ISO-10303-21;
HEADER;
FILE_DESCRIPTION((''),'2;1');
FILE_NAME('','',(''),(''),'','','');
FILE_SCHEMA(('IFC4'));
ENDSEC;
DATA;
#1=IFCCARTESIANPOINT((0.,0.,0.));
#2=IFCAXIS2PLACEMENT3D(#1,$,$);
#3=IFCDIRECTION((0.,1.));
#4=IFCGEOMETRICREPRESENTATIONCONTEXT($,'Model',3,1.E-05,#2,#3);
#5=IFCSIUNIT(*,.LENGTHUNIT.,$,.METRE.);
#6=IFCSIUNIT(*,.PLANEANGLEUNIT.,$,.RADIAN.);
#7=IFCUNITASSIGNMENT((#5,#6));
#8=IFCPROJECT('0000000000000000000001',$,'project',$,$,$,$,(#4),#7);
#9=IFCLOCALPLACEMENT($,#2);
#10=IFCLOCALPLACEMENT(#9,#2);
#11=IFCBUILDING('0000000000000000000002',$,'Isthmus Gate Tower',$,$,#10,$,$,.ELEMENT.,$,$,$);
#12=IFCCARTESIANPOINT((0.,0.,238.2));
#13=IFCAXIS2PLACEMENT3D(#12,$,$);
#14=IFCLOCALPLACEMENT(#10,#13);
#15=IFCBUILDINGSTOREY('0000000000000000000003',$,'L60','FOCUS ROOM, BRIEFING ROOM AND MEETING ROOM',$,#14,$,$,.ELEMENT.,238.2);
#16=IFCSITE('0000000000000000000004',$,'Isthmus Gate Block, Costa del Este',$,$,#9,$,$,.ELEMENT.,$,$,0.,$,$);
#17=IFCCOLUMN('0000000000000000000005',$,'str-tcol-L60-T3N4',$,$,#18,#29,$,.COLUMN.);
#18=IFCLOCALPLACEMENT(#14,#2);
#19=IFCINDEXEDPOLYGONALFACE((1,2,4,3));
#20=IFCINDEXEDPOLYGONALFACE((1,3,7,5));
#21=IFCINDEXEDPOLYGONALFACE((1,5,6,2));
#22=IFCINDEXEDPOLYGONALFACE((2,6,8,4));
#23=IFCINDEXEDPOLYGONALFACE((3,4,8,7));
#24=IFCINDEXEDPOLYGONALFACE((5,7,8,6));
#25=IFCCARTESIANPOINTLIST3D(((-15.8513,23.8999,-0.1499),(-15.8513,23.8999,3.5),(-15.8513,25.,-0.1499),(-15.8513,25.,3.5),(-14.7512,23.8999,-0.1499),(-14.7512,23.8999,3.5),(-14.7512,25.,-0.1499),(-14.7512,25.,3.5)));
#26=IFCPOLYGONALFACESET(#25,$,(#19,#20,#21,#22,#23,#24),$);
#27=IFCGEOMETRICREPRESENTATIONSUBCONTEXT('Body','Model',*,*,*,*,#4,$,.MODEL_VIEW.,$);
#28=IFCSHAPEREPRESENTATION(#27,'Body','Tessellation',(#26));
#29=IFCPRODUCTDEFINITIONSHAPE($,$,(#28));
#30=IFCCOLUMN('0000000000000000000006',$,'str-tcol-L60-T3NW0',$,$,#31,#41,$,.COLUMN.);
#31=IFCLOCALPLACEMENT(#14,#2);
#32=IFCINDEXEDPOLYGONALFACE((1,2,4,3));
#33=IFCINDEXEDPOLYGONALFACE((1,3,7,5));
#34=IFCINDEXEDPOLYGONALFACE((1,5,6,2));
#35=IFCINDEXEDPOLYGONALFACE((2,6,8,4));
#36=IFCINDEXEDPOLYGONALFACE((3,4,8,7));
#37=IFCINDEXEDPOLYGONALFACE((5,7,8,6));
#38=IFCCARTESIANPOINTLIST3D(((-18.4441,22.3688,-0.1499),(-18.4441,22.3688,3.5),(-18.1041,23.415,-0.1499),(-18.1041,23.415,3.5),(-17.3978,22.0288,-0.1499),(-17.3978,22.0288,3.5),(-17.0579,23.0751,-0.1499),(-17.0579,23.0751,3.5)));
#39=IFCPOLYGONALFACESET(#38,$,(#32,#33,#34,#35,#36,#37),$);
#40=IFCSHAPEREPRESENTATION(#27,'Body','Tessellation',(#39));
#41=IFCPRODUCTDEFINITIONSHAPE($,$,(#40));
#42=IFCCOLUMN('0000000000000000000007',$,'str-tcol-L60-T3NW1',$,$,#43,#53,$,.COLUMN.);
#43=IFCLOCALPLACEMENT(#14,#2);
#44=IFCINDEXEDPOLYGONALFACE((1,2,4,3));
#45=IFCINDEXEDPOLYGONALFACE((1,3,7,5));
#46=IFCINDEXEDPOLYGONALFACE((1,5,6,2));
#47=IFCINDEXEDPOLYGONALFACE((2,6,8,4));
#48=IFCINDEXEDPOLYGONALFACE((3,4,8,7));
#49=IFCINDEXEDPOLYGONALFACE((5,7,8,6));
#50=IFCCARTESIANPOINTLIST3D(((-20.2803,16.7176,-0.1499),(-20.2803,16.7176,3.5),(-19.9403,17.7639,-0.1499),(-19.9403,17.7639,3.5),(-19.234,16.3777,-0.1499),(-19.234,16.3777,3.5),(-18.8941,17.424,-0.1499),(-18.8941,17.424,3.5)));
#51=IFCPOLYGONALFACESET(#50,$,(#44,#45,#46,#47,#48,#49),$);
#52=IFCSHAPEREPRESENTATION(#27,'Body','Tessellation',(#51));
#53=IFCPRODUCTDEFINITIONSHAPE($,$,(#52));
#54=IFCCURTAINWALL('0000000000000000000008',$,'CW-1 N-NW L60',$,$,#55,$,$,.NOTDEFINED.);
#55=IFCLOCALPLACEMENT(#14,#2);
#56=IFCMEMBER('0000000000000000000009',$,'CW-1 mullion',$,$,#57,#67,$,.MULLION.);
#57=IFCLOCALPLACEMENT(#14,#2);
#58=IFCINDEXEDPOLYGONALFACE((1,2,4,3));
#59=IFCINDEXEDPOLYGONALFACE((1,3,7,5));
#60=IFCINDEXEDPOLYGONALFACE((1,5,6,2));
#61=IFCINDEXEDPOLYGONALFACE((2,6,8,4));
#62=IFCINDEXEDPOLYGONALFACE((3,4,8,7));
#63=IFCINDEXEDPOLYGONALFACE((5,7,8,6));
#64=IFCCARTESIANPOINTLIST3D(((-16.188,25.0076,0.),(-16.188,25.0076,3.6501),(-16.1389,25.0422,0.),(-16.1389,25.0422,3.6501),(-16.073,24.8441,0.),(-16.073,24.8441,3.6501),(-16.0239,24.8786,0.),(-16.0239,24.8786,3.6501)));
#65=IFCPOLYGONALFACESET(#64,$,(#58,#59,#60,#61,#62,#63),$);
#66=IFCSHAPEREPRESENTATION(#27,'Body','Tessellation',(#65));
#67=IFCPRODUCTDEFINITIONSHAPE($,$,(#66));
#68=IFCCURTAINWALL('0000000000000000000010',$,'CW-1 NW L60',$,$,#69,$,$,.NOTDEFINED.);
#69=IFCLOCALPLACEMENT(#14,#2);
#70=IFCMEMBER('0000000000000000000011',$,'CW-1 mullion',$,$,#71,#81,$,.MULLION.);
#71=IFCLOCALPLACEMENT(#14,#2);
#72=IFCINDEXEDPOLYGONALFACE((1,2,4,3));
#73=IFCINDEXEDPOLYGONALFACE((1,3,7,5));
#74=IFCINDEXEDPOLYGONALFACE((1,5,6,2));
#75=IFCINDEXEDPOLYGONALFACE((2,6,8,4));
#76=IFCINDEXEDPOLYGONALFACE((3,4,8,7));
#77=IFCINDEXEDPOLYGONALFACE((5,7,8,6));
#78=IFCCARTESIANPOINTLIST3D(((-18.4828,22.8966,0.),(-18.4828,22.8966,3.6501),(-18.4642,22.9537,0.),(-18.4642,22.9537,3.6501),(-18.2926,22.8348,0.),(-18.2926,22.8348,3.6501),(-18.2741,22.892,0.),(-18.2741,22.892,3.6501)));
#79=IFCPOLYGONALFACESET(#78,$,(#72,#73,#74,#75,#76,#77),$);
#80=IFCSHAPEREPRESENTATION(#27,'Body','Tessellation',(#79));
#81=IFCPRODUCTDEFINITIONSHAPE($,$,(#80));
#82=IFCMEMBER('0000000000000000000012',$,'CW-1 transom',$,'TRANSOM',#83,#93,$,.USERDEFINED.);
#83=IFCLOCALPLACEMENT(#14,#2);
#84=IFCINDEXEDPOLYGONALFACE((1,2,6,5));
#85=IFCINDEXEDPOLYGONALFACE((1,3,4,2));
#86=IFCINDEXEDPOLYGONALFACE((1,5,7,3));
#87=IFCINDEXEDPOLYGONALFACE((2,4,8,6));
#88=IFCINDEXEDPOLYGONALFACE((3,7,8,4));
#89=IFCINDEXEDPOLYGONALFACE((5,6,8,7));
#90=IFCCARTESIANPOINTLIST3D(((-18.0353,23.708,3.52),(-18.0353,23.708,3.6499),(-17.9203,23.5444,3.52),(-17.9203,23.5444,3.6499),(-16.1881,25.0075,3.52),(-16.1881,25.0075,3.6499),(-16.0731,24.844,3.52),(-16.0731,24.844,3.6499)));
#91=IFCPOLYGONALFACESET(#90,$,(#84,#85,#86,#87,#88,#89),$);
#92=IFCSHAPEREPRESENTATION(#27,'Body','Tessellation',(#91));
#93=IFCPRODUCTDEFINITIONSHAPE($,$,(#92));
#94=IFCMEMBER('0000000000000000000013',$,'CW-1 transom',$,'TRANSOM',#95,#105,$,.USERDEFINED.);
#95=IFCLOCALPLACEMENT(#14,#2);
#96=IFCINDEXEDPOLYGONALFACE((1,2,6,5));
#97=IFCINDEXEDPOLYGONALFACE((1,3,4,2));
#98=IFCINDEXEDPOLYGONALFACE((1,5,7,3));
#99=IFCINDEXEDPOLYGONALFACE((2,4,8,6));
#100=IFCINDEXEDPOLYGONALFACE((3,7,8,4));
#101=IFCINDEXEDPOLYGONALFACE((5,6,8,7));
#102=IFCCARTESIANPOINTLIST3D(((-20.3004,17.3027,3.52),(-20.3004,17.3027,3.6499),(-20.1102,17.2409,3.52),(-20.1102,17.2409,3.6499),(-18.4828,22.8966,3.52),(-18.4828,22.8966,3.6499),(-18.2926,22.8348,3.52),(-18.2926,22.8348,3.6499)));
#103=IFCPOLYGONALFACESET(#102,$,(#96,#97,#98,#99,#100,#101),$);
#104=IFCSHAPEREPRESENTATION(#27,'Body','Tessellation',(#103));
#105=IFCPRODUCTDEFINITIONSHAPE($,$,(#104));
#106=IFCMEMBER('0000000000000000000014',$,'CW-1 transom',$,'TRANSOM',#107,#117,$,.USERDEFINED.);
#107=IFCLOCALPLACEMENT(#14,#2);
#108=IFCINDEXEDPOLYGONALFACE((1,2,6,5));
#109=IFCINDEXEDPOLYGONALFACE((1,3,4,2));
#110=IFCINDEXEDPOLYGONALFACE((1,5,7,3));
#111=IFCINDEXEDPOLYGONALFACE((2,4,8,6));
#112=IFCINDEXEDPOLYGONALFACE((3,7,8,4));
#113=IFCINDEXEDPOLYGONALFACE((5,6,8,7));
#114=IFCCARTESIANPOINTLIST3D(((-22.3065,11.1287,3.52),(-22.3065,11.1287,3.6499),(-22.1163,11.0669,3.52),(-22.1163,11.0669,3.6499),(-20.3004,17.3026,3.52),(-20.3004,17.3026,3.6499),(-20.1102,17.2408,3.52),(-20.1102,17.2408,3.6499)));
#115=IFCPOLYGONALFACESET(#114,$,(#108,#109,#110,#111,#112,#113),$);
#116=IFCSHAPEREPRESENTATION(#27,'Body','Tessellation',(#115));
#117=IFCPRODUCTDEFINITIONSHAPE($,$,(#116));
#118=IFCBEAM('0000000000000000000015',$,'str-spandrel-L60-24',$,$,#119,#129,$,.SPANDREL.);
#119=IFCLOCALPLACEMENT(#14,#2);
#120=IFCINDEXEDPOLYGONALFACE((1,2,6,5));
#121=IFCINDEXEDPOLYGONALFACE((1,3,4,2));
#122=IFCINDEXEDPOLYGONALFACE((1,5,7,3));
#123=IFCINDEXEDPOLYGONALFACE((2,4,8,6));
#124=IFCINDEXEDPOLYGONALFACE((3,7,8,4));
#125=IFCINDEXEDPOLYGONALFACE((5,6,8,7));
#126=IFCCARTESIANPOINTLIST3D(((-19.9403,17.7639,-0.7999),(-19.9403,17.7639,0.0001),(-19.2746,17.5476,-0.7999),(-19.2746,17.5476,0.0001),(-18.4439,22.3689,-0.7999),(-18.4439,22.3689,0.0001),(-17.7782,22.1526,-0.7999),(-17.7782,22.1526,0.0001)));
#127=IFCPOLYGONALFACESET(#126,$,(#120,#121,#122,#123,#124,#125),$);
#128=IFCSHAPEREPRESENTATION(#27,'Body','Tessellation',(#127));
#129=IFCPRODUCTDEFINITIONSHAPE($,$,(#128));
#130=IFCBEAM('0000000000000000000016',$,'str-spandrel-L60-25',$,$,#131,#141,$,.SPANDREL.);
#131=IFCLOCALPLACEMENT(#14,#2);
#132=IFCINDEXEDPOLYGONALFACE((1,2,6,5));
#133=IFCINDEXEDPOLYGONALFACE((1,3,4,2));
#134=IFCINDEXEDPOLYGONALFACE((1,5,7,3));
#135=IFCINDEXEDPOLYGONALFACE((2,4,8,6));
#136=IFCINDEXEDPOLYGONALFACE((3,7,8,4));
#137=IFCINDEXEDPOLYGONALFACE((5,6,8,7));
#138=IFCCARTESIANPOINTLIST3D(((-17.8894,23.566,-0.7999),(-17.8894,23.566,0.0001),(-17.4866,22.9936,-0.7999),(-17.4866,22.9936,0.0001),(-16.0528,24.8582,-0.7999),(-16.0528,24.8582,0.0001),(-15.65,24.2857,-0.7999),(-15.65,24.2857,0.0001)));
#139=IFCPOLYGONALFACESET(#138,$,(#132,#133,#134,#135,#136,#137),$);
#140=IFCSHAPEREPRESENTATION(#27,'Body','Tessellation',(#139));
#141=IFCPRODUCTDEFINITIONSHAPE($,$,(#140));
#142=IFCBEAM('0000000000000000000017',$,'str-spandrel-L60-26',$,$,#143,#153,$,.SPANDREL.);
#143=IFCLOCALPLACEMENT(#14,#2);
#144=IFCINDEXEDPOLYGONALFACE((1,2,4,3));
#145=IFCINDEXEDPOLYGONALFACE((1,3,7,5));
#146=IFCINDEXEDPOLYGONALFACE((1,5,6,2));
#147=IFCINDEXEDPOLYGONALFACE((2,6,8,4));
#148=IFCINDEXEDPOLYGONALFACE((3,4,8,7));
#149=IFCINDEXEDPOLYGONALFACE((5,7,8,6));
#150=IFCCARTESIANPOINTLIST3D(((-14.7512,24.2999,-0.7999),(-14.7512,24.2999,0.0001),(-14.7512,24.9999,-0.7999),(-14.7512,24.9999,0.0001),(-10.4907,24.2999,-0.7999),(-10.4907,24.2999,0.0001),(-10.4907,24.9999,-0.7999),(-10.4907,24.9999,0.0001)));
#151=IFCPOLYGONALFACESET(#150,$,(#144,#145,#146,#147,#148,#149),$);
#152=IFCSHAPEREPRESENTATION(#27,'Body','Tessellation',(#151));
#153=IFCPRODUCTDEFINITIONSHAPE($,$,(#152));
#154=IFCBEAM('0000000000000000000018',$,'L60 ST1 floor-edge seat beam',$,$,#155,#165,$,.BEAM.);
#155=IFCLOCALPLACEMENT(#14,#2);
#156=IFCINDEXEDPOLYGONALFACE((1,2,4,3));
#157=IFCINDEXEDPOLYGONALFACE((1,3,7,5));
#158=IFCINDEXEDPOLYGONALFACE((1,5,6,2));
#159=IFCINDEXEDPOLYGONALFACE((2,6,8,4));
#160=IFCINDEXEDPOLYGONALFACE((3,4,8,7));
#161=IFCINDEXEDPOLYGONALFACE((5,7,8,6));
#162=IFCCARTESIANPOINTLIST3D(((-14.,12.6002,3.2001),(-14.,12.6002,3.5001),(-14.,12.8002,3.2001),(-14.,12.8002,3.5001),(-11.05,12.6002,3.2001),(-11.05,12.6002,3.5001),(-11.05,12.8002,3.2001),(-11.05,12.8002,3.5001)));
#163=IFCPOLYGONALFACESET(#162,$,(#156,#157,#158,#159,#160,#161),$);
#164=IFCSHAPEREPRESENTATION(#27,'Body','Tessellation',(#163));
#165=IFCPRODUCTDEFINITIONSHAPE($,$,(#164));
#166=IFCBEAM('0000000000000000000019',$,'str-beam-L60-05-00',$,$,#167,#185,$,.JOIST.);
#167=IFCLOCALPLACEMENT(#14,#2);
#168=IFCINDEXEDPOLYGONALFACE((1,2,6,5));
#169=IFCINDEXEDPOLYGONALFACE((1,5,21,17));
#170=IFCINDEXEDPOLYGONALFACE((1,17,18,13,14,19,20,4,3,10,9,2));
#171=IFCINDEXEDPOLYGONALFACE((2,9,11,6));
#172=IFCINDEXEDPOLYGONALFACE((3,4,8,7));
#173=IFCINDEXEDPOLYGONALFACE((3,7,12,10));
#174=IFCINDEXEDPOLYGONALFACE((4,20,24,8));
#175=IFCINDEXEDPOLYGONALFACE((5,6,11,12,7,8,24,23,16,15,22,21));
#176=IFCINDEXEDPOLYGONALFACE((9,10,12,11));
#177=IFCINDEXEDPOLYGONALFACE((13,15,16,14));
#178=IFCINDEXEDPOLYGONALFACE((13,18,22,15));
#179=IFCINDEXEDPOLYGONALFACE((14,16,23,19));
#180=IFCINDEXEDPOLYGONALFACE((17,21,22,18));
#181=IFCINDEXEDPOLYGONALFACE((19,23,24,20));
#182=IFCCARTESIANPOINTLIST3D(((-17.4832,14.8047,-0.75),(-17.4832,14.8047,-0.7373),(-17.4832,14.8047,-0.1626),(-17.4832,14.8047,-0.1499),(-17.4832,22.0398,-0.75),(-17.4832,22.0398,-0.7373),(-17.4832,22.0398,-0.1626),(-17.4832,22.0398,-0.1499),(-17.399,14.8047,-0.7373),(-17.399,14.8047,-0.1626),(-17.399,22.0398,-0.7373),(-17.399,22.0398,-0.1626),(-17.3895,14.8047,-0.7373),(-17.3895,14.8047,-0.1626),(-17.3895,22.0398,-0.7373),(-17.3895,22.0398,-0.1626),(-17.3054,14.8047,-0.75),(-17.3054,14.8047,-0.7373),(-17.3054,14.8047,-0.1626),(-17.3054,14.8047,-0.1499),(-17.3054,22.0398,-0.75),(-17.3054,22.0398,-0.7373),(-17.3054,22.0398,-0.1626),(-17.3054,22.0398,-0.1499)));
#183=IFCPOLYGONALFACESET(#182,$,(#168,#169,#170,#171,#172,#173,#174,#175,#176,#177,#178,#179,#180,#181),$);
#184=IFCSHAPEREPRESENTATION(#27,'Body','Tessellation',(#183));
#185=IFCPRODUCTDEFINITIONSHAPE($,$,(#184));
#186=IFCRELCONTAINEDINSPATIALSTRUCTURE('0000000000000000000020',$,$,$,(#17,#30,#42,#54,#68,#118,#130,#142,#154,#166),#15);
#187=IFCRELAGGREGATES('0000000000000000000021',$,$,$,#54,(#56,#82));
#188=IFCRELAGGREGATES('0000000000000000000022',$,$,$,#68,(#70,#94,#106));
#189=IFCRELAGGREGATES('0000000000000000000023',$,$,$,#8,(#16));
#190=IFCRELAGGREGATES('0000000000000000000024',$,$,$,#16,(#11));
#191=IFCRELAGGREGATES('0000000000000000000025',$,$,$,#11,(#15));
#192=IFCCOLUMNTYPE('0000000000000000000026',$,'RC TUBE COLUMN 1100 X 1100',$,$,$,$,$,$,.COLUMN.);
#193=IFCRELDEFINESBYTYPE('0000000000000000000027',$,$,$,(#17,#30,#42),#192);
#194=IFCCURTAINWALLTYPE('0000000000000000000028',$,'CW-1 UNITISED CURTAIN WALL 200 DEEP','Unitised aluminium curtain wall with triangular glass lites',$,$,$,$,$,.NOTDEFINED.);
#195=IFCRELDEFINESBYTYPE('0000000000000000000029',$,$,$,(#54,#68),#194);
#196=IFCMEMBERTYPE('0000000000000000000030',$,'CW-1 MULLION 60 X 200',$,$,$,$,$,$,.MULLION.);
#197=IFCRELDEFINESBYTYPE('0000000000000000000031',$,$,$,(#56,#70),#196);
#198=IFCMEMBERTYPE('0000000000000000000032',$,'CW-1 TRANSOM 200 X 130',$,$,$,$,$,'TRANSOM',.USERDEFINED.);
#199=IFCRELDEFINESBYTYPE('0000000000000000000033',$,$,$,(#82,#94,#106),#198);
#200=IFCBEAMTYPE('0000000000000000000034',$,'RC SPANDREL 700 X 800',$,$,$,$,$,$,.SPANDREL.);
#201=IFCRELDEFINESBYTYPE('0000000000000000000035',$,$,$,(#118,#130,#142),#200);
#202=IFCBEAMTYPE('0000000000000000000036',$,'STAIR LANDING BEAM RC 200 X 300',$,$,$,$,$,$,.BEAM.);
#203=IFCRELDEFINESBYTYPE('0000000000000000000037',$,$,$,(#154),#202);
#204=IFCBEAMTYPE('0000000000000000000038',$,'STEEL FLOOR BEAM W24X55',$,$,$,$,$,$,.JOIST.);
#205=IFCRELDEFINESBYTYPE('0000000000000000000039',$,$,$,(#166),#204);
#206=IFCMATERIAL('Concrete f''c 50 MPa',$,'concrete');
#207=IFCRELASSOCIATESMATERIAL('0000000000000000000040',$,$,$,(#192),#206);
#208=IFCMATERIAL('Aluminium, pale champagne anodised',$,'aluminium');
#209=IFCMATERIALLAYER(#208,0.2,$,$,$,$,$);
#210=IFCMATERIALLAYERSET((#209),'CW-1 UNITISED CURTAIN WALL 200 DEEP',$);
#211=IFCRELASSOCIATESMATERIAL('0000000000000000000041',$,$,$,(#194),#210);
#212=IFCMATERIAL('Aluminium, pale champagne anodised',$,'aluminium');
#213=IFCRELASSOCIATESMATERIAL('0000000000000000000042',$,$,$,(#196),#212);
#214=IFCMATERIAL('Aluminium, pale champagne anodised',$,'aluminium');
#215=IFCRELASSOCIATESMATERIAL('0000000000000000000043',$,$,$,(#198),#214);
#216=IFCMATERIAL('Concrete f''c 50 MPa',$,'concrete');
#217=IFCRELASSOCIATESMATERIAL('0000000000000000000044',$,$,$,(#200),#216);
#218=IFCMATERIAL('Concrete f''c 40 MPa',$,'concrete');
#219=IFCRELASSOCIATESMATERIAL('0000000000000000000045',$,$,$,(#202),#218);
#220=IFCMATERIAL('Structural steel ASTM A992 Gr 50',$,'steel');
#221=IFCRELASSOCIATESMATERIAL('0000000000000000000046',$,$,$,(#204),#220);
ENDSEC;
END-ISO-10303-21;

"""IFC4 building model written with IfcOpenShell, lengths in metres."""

from ifc_helpers import new_model, si_unit, direction, frame, origin, origin_2d, place, context, subcontext, project, spatial, rectangle, i_section, extrude, material, layer, layer_set, material_profile, profile_set, type_object, element, aggregate, save


model = new_model("IFC4")

# Units and contexts
model_context = context("Model", 3, precision=1e-05, world=origin(), true_north=direction((0.0, 1.0)))
body_context = subcontext(model_context, "Body", "Model", "MODEL_VIEW")
ifc_project = project(units=[si_unit("LENGTHUNIT", "METRE"), si_unit("PLANEANGLEUNIT", "RADIAN")], contexts=[model_context])

# Site, building, storey
site_placement = place(None, origin())
site = spatial("IfcSite", under=ifc_project, at=site_placement, Name="Isthmus Gate Block, Costa del Este", CompositionType="ELEMENT", RefElevation=0.0)
building_placement = place(site_placement, origin())
building = spatial("IfcBuilding", under=site, at=building_placement, Name="Isthmus Gate Tower", CompositionType="ELEMENT")
storey_placement = place(building_placement, frame((0.0, 0.0, 238.2)))
storey = spatial("IfcBuildingStorey", under=building, at=storey_placement, Name="L60", Description="FOCUS ROOM, BRIEFING ROOM AND MEETING ROOM", CompositionType="ELEMENT", Elevation=238.2)

# Columns
ifc_material_1 = material(Name="Concrete f'c 50 MPa", Category="concrete")
ifc_material_profile_1 = material_profile(ifc_material_1, rectangle(XDim=1.1001, YDim=1.1001, at=origin_2d()), Name="RC 1100X1100")
ifc_profile_set_1 = profile_set([ifc_material_profile_1], Name="Concrete f'c 50 MPa")
column_type = type_object("IfcColumnType", Name="RC TUBE COLUMN 1100 X 1100", PredefinedType="COLUMN", material=ifc_profile_set_1)
for number, where, z_axis, x_axis, name in (
    (1, (-15.3013, 24.45, -0.1499), (0.0, 0.0, 1.0), (-1.0, 0.0, 0.0), "str-tcol-L60-T3N4"),
    (2, (-17.751, 22.7219, -0.1499), (0.0, 0.0, 1.0), (-0.309017, -0.951057, 0.0), "str-tcol-L60-T3NW0"),
    (3, (-19.5872, 17.0708, -0.1499), (0.0, 0.0, 1.0), (-0.309017, -0.951057, 0.0), "str-tcol-L60-T3NW1"),
):
    element("IfcColumn", number, at=place(storey_placement, frame(where, z_axis=z_axis, x_axis=x_axis)), inside=storey, type_object=column_type, Name=name, PredefinedType="COLUMN", context=body_context, shape_type="SweptSolid", body=[
        extrude(rectangle(XDim=1.1001, YDim=1.1001, at=origin_2d()), origin(), (0.0, 0.0, 1.0), 3.6499),
    ])

# Curtain walls, members
ifc_material_2 = material(Name="Aluminium, pale champagne anodised", Category="aluminium")
ifc_layer_1 = layer(ifc_material_2, 0.2)
ifc_layer_set_1 = layer_set([ifc_layer_1], Name="CW-1 UNITISED CURTAIN WALL 200 DEEP")
curtain_wall_type = type_object("IfcCurtainWallType", Name="CW-1 UNITISED CURTAIN WALL 200 DEEP", Description="Unitised aluminium curtain wall with triangular glass lites", PredefinedType="NOTDEFINED", material=ifc_layer_set_1)
curtain_wall_1_placement = place(storey_placement, origin())
curtain_wall_1 = element("IfcCurtainWall", 4, at=curtain_wall_1_placement, inside=storey, type_object=curtain_wall_type, Name="CW-1 N-NW L60", PredefinedType="NOTDEFINED")
ifc_material_3 = material(Name="Aluminium, pale champagne anodised", Category="aluminium")
ifc_material_profile_2 = material_profile(ifc_material_3, rectangle(XDim=0.0601, YDim=0.2, at=origin_2d()), Name="60x200")
ifc_profile_set_2 = profile_set([ifc_material_profile_2], Name="Aluminium, pale champagne anodised")
member_type_1 = type_object("IfcMemberType", Name="CW-1 MULLION 60 X 200", PredefinedType="MULLION", material=ifc_profile_set_2)
member_1_placement = place(storey_placement, frame((-16.106, 24.9431, 0.0), z_axis=(0.0, 0.0, 1.0), x_axis=(-0.81786, -0.575418, 0.0)))
member_1 = element("IfcMember", 5, at=member_1_placement, type_object=member_type_1, Name="CW-1 mullion", PredefinedType="MULLION", context=body_context, shape_type="SweptSolid", body=[
    extrude(rectangle(XDim=0.0601, YDim=0.2, at=origin_2d()), origin(), (0.0, 0.0, 1.0), 3.6501),
])
curtain_wall_2_placement = place(storey_placement, origin())
curtain_wall_2 = element("IfcCurtainWall", 6, at=curtain_wall_2_placement, inside=storey, type_object=curtain_wall_type, Name="CW-1 NW L60", PredefinedType="NOTDEFINED")
member_2_placement = place(storey_placement, frame((-18.3784, 22.8943, 0.0), z_axis=(0.0, 0.0, 1.0), x_axis=(-0.309017, -0.951057, 0.0)))
member_2 = element("IfcMember", 7, at=member_2_placement, type_object=member_type_1, Name="CW-1 mullion", PredefinedType="MULLION", context=body_context, shape_type="SweptSolid", body=[
    extrude(rectangle(XDim=0.0601, YDim=0.2, at=origin_2d()), origin(), (0.0, 0.0, 1.0), 3.6501),
])

# Members
ifc_material_4 = material(Name="Aluminium, pale champagne anodised", Category="aluminium")
ifc_material_profile_3 = material_profile(ifc_material_4, rectangle(XDim=0.2, YDim=0.1299, at=origin_2d()), Name="200x130")
ifc_profile_set_3 = profile_set([ifc_material_profile_3], Name="Aluminium, pale champagne anodised")
member_type_2 = type_object("IfcMemberType", Name="CW-1 TRANSOM 200 X 130", ElementType="TRANSOM", PredefinedType="USERDEFINED", material=ifc_profile_set_3)
member_3_placement = place(storey_placement, frame((-16.1306, 24.9258, 3.585), z_axis=(-0.817869, -0.575405, 0.0), x_axis=(0.575405, -0.817869, 0.0)))
member_3 = element("IfcMember", 8, at=member_3_placement, type_object=member_type_2, Name="CW-1 transom", ObjectType="TRANSOM", PredefinedType="USERDEFINED", context=body_context, shape_type="SweptSolid", body=[
    extrude(rectangle(XDim=0.2, YDim=0.1299, at=origin_2d()), origin(), (0.0, 0.0, 1.0), 2.2585),
])
member_4_placement = place(storey_placement, frame((-18.3877, 22.8657, 3.585), z_axis=(-0.309021, -0.951055, 0.0), x_axis=(0.951055, -0.309021, 0.0)))
member_4 = element("IfcMember", 9, at=member_4_placement, type_object=member_type_2, Name="CW-1 transom", ObjectType="TRANSOM", PredefinedType="USERDEFINED", context=body_context, shape_type="SweptSolid", body=[
    extrude(rectangle(XDim=0.2, YDim=0.1299, at=origin_2d()), origin(), (0.0, 0.0, 1.0), 5.8818),
])
member_5_placement = place(storey_placement, frame((-20.2053, 17.2717, 3.585), z_axis=(-0.309021, -0.951055, 0.0), x_axis=(0.951055, -0.309021, 0.0)))
member_5 = element("IfcMember", 10, at=member_5_placement, type_object=member_type_2, Name="CW-1 transom", ObjectType="TRANSOM", PredefinedType="USERDEFINED", context=body_context, shape_type="SweptSolid", body=[
    extrude(rectangle(XDim=0.2, YDim=0.1299, at=origin_2d()), origin(), (0.0, 0.0, 1.0), 6.4917),
])

# Beams
ifc_material_5 = material(Name="Concrete f'c 50 MPa", Category="concrete")
ifc_material_profile_4 = material_profile(ifc_material_5, rectangle(XDim=0.7, YDim=0.8, at=origin_2d()), Name="RC 700X800")
ifc_profile_set_4 = profile_set([ifc_material_profile_4], Name="Concrete f'c 50 MPa")
beam_type_1 = type_object("IfcBeamType", Name="RC SPANDREL 700 X 800", PredefinedType="SPANDREL", material=ifc_profile_set_4)
beam_1_placement = place(storey_placement, frame((-19.6074, 17.6558, -0.3999), z_axis=(0.309034, 0.951051, 0.0), x_axis=(-0.951051, 0.309034, 0.0)))
element("IfcBeam", 11, at=beam_1_placement, inside=storey, type_object=beam_type_1, Name="str-spandrel-L60-24", PredefinedType="SPANDREL", context=body_context, shape_type="SweptSolid", body=[
    extrude(rectangle(XDim=0.7, YDim=0.8, at=origin_2d()), origin(), (0.0, 0.0, 1.0), 4.842),
])
beam_2_placement = place(storey_placement, frame((-17.688, 23.2798, -0.3999), z_axis=(0.817856, 0.575423, 0.0), x_axis=(-0.575423, 0.817856, 0.0)))
element("IfcBeam", 12, at=beam_2_placement, inside=storey, type_object=beam_type_1, Name="str-spandrel-L60-25", PredefinedType="SPANDREL", context=body_context, shape_type="SweptSolid", body=[
    extrude(rectangle(XDim=0.7, YDim=0.8, at=origin_2d()), origin(), (0.0, 0.0, 1.0), 2.2456),
])
beam_3_placement = place(storey_placement, frame((-14.7512, 24.6499, -0.3999), z_axis=(1.0, 0.0, 0.0), x_axis=(0.0, 1.0, 0.0)))
element("IfcBeam", 13, at=beam_3_placement, inside=storey, type_object=beam_type_1, Name="str-spandrel-L60-26", PredefinedType="SPANDREL", context=body_context, shape_type="SweptSolid", body=[
    extrude(rectangle(XDim=0.7, YDim=0.8, at=origin_2d()), origin(), (0.0, 0.0, 1.0), 4.2605),
])
ifc_material_6 = material(Name="Concrete f'c 40 MPa", Category="concrete")
ifc_material_profile_5 = material_profile(ifc_material_6, rectangle(XDim=0.2, YDim=0.3, at=origin_2d()), Name="STAIR LANDING BEAM RC 200 X 300")
ifc_profile_set_5 = profile_set([ifc_material_profile_5], Name="Concrete f'c 40 MPa")
beam_type_2 = type_object("IfcBeamType", Name="STAIR LANDING BEAM RC 200 X 300", PredefinedType="BEAM", material=ifc_profile_set_5)
beam_4_placement = place(storey_placement, frame((-14.0, 12.7002, 3.3501), z_axis=(1.0, 0.0, 0.0), x_axis=(0.0, 1.0, 0.0)))
element("IfcBeam", 14, at=beam_4_placement, inside=storey, type_object=beam_type_2, Name="L60 ST1 floor-edge seat beam", PredefinedType="BEAM", context=body_context, shape_type="SweptSolid", body=[
    extrude(rectangle(XDim=0.2, YDim=0.3, at=origin_2d()), origin(), (0.0, 0.0, 1.0), 2.95),
])
ifc_material_7 = material(Name="Structural steel ASTM A992 Gr 50", Category="steel")
ifc_material_profile_6 = material_profile(ifc_material_7, i_section(OverallWidth=0.1777, OverallDepth=0.6001, WebThickness=0.0095, FlangeThickness=0.0127, at=origin_2d()), Name="W24X55")
ifc_profile_set_6 = profile_set([ifc_material_profile_6], Name="Structural steel ASTM A992 Gr 50")
beam_type_3 = type_object("IfcBeamType", Name="STEEL FLOOR BEAM W24X55", PredefinedType="JOIST", material=ifc_profile_set_6)
beam_5_placement = place(storey_placement, frame((-17.3943, 14.8047, -0.45), z_axis=(0.0, 1.0, 0.0), x_axis=(-1.0, 0.0, 0.0)))
element("IfcBeam", 15, at=beam_5_placement, inside=storey, type_object=beam_type_3, Name="str-beam-L60-05-00", PredefinedType="JOIST", context=body_context, shape_type="SweptSolid", body=[
    extrude(i_section(OverallWidth=0.1777, OverallDepth=0.6001, WebThickness=0.0095, FlangeThickness=0.0127, at=origin_2d()), origin(), (0.0, 0.0, 1.0), 7.2351),
])

aggregate(curtain_wall_1, [member_1, member_3])

aggregate(curtain_wall_2, [member_2, member_4, member_5])

save(model, "model.ifc")
